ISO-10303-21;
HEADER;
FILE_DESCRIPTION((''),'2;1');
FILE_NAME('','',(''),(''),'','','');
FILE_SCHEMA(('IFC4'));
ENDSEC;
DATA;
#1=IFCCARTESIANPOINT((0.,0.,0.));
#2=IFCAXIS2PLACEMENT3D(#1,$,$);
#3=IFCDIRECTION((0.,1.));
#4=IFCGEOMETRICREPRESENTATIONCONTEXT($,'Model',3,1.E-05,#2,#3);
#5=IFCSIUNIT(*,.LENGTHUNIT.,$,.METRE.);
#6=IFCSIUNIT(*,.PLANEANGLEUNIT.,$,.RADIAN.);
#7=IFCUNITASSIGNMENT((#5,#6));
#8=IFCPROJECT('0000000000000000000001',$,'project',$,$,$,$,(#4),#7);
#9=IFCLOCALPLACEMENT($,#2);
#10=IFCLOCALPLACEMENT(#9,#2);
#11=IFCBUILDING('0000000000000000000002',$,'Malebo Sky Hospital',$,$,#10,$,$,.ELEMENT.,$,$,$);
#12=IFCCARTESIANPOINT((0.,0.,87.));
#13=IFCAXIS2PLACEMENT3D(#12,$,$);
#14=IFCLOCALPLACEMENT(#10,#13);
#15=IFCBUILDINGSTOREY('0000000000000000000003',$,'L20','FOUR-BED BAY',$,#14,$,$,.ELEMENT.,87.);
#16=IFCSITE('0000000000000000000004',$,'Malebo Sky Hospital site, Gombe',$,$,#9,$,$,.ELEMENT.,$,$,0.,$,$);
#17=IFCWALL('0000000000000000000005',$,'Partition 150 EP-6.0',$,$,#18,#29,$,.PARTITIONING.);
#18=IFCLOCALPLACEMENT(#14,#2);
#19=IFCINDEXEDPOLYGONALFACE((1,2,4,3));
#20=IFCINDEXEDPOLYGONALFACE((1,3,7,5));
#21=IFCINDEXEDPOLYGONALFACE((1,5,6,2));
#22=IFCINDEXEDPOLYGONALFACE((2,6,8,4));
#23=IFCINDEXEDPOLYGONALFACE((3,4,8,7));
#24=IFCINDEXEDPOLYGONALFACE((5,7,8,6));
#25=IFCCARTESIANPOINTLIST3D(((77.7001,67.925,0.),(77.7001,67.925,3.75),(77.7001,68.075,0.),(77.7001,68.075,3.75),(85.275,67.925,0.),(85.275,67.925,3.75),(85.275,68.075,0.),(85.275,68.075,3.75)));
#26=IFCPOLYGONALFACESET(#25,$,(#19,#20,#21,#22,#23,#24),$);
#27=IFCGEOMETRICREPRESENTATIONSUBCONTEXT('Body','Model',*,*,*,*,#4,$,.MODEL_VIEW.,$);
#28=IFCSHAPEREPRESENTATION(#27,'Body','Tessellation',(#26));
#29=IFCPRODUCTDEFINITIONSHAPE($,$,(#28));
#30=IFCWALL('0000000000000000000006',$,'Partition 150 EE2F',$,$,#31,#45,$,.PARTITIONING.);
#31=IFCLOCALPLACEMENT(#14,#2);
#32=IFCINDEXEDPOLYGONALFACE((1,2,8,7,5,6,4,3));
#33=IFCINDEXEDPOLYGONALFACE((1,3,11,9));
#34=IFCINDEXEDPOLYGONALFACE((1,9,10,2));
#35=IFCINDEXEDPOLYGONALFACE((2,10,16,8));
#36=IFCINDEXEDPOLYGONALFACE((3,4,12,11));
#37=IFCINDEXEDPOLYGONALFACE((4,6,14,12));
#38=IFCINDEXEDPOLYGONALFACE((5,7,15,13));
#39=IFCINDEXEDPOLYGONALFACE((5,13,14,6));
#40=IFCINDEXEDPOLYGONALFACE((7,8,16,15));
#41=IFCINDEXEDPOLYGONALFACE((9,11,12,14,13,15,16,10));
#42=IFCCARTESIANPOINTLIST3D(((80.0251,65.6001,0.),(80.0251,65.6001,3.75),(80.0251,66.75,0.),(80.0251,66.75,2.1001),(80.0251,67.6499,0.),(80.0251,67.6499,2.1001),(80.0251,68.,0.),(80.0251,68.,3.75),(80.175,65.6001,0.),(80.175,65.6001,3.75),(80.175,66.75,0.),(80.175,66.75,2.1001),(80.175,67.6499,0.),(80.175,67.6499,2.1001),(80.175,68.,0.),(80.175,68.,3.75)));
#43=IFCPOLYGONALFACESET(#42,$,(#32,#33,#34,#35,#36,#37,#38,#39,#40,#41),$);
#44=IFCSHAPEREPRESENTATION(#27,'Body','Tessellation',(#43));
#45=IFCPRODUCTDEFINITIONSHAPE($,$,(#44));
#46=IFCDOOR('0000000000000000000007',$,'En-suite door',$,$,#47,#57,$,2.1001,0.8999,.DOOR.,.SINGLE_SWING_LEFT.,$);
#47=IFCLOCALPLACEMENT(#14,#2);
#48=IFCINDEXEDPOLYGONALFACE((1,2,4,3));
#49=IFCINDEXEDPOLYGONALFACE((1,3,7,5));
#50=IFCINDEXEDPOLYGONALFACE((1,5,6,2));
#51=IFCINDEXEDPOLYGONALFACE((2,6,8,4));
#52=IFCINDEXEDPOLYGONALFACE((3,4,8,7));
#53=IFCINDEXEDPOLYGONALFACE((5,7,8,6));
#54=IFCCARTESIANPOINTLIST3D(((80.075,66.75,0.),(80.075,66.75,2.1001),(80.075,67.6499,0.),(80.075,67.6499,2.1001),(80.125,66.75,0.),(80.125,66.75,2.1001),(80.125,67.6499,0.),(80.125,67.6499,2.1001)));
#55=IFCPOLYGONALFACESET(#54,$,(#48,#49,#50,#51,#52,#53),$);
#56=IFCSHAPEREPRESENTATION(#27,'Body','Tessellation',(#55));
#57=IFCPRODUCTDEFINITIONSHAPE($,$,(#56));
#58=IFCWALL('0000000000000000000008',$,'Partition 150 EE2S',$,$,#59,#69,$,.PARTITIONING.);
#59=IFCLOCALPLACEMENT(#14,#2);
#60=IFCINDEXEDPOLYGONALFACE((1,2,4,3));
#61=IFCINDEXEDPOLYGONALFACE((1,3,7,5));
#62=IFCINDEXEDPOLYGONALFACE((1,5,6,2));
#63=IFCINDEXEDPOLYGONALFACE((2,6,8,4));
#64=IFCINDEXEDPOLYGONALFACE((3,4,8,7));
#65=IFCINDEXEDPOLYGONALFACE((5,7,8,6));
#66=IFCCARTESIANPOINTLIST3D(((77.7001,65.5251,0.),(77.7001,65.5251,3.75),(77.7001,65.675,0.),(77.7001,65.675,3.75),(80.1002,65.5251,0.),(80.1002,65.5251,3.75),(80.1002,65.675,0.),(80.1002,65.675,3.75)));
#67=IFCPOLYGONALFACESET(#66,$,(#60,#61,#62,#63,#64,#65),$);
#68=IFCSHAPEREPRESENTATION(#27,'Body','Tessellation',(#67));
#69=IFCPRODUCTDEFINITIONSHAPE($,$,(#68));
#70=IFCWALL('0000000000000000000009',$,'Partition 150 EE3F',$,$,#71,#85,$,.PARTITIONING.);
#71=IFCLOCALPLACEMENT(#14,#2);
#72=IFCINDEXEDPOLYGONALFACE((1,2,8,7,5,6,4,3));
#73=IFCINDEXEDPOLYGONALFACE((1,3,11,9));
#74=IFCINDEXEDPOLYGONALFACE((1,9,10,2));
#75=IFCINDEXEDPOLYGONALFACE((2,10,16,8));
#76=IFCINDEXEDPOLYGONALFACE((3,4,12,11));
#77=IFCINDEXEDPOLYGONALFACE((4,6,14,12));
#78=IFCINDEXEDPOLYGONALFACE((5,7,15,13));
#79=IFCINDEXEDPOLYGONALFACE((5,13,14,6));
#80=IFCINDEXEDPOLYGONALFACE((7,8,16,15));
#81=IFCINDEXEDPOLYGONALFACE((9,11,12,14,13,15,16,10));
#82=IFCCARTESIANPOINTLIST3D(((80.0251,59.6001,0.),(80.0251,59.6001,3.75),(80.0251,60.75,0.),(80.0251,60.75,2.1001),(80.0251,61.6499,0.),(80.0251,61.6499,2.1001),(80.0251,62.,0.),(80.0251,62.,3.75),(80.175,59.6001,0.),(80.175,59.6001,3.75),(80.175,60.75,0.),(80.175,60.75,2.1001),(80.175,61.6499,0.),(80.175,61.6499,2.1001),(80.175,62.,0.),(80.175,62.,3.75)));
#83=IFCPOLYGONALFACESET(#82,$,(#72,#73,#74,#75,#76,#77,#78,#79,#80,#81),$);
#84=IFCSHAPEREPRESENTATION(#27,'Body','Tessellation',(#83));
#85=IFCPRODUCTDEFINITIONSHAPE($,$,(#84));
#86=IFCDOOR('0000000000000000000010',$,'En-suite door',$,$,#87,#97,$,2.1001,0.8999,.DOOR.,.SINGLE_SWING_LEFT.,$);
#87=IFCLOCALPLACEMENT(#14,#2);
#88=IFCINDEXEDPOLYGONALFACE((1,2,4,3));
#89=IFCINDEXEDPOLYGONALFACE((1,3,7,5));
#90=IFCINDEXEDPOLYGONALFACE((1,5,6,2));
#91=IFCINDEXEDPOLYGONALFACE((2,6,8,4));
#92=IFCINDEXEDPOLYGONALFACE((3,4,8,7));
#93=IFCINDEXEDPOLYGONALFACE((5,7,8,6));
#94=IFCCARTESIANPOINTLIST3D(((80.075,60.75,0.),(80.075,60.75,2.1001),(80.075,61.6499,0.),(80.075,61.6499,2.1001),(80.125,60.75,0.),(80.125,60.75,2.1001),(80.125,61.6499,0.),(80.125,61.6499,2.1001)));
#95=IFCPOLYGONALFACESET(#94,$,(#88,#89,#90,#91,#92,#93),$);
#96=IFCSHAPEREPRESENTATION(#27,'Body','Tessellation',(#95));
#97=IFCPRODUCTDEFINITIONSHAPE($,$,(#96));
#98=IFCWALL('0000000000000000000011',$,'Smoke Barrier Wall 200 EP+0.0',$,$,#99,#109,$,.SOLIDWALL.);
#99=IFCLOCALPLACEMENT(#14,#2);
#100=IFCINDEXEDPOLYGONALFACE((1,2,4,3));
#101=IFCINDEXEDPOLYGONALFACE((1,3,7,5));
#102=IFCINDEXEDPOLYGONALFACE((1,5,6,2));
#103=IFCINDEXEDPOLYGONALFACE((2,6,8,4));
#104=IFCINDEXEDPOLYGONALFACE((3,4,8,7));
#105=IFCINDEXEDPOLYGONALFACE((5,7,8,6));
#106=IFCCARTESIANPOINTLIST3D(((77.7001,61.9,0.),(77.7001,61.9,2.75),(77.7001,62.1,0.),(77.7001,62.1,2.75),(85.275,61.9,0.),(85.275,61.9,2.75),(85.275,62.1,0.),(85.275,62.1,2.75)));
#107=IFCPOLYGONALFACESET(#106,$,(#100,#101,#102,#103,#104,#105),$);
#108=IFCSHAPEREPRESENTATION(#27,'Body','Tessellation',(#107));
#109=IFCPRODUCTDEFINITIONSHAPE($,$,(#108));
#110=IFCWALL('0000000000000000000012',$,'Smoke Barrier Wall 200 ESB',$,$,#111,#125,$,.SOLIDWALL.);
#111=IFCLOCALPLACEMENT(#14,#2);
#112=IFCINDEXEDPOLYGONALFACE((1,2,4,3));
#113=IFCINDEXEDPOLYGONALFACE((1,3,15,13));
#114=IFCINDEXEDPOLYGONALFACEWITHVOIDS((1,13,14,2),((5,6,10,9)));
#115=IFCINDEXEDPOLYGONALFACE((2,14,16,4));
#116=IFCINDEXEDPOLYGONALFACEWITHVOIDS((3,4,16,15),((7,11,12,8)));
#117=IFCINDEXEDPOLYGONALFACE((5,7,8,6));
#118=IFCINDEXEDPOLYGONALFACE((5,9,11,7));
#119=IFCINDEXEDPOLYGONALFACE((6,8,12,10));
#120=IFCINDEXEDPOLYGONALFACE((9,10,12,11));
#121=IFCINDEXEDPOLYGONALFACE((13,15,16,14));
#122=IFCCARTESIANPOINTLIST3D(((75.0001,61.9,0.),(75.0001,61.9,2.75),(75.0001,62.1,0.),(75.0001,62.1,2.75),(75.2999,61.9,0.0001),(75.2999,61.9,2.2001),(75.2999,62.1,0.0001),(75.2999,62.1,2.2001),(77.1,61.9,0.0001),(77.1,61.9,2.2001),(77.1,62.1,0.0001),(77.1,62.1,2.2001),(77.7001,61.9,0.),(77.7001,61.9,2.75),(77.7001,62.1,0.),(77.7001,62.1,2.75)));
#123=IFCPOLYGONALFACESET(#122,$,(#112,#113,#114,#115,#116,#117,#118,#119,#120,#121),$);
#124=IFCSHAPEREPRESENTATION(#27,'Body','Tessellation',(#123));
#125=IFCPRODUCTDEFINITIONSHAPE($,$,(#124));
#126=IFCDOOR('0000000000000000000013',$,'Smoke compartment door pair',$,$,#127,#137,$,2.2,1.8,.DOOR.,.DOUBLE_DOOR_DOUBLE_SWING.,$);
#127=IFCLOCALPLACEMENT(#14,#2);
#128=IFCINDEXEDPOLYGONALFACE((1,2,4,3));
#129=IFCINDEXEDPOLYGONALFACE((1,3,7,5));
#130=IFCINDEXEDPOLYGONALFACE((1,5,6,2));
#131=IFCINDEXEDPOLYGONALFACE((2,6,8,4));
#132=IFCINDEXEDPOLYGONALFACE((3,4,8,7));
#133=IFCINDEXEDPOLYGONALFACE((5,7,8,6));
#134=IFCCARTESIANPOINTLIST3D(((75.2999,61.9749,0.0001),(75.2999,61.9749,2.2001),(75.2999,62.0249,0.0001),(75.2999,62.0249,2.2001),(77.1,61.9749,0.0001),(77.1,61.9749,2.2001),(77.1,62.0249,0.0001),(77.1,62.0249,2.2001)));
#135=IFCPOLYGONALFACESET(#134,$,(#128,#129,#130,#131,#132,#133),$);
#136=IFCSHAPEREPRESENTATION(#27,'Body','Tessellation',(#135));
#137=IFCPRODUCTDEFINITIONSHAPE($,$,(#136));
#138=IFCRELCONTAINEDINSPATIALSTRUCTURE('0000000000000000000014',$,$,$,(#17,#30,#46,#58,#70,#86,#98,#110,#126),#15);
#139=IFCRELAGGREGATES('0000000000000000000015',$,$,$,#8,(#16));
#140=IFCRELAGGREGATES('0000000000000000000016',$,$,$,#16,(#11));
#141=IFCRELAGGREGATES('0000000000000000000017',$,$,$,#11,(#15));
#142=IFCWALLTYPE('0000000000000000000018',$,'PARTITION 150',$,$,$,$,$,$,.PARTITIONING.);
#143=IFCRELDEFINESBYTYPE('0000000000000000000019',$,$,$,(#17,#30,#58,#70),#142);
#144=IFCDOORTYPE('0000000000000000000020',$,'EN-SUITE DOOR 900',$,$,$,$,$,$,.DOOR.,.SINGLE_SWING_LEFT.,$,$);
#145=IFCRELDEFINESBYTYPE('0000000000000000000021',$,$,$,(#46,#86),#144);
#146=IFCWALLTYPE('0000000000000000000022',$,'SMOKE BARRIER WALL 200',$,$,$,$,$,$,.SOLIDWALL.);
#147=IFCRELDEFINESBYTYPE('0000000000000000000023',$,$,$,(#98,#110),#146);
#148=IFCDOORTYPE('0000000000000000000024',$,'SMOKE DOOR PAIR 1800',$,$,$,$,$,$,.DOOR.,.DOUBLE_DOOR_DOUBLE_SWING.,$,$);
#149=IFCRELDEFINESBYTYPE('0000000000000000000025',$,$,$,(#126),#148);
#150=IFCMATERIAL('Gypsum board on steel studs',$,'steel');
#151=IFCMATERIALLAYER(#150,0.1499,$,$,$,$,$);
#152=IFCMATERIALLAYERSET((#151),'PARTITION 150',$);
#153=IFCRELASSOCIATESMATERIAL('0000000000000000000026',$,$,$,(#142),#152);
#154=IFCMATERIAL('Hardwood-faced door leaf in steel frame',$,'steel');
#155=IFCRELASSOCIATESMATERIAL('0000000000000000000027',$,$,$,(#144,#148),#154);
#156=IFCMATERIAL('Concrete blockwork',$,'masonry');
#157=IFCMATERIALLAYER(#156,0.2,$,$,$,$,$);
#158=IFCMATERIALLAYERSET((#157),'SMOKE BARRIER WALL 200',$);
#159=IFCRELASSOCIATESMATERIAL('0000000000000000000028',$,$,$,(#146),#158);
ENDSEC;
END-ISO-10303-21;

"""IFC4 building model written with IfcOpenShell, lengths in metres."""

from ifc_helpers import new_model, si_unit, direction, frame, frame_2d, origin, place, context, subcontext, project, spatial, rectangle, extrude, material, layer, layer_set, type_object, element, fill, save


model = new_model("IFC4")

# Units and contexts
model_context = context("Model", 3, precision=1e-05, world=origin(), true_north=direction((0.0, 1.0)))
body_context = subcontext(model_context, "Body", "Model", "MODEL_VIEW")
ifc_project = project(units=[si_unit("LENGTHUNIT", "METRE"), si_unit("PLANEANGLEUNIT", "RADIAN")], contexts=[model_context])

# Site, building, storey
site_placement = place(None, origin())
site = spatial("IfcSite", under=ifc_project, at=site_placement, Name="Malebo Sky Hospital site, Gombe", CompositionType="ELEMENT", RefElevation=0.0)
building_placement = place(site_placement, origin())
building = spatial("IfcBuilding", under=site, at=building_placement, Name="Malebo Sky Hospital", CompositionType="ELEMENT")
storey_placement = place(building_placement, frame((0.0, 0.0, 87.0)))
storey = spatial("IfcBuildingStorey", under=building, at=storey_placement, Name="L20", Description="FOUR-BED BAY", CompositionType="ELEMENT", Elevation=87.0)

# Shared definitions
ifc_material_1 = material(Name="Gypsum board on steel studs", Category="steel")
ifc_material_2 = material(Name="Hardwood-faced door leaf in steel frame", Category="steel")

# Wall
ifc_layer_1 = layer(ifc_material_1, 0.1499)
ifc_layer_set_1 = layer_set([ifc_layer_1], Name="PARTITION 150")
wall_type_1 = type_object("IfcWallType", Name="PARTITION 150", PredefinedType="PARTITIONING", material=ifc_layer_set_1)
wall_1_placement = place(storey_placement, frame((77.7, 68.0, 0.0), z_axis=(0.0, 0.0, 1.0), x_axis=(1.0, 0.0, 0.0)))
element("IfcWall", 1, at=wall_1_placement, inside=storey, type_object=wall_type_1, Name="Partition 150 EP-6.0", PredefinedType="PARTITIONING", context=body_context, shape_type="SweptSolid", body=[
    extrude(rectangle(XDim=7.575, YDim=0.1499, at=frame_2d((3.7876, 0.0))), origin(), (0.0, 0.0, 1.0), 3.75),
])

# Wall, opening, door
wall_2_placement = place(storey_placement, frame((80.1001, 68.0, 0.0), z_axis=(0.0, 0.0, 1.0), x_axis=(0.0, -1.0, 0.0)))
wall_2 = element("IfcWall", 2, at=wall_2_placement, inside=storey, type_object=wall_type_1, Name="Partition 150 EE2F", PredefinedType="PARTITIONING", context=body_context, shape_type="SweptSolid", body=[
    extrude(rectangle(XDim=2.3999, YDim=0.1499, at=frame_2d((1.2, 0.0))), origin(), (0.0, 0.0, 1.0), 3.75),
])
opening_1_placement = place(wall_2_placement, frame((0.3501, 0.0, 0.0)))
opening_1 = element("IfcOpeningElement", 3, at=opening_1_placement, cuts=wall_2, PredefinedType="OPENING", context=body_context, shape_type="SweptSolid", body=[
    extrude(rectangle(XDim=0.8999, YDim=2.1001, at=frame_2d((0.45, 1.05))), frame((0.0, 0.085, 0.0), z_axis=(0.0, -1.0, 0.0), x_axis=(1.0, 0.0, 0.0)), (0.0, 0.0, 1.0), 0.1699),
])
door_type_1 = type_object("IfcDoorType", Name="EN-SUITE DOOR 900", OperationType="SINGLE_SWING_LEFT", PredefinedType="DOOR", material=ifc_material_2)
door_1_placement = place(opening_1_placement, origin())
door_1 = element("IfcDoor", 4, at=door_1_placement, inside=storey, type_object=door_type_1, Name="En-suite door", OperationType="SINGLE_SWING_LEFT", OverallHeight=2.1001, OverallWidth=0.8999, PredefinedType="DOOR", context=body_context, shape_type="SweptSolid", body=[
    extrude(rectangle(XDim=0.8999, YDim=2.1001, at=frame_2d((0.45, 1.05))), frame((0.0, 0.0249, 0.0), z_axis=(0.0, -1.0, 0.0), x_axis=(1.0, 0.0, 0.0)), (0.0, 0.0, 1.0), 0.05),
])
fill(opening_1, door_1)

# Wall
wall_3_placement = place(storey_placement, frame((77.7, 65.6001, 0.0), z_axis=(0.0, 0.0, 1.0), x_axis=(1.0, 0.0, 0.0)))
element("IfcWall", 5, at=wall_3_placement, inside=storey, type_object=wall_type_1, Name="Partition 150 EE2S", PredefinedType="PARTITIONING", context=body_context, shape_type="SweptSolid", body=[
    extrude(rectangle(XDim=2.4001, YDim=0.1499, at=frame_2d((1.2002, 0.0))), origin(), (0.0, 0.0, 1.0), 3.75),
])

# Wall, opening, door
wall_4_placement = place(storey_placement, frame((80.1001, 62.0, 0.0), z_axis=(0.0, 0.0, 1.0), x_axis=(0.0, -1.0, 0.0)))
wall_4 = element("IfcWall", 6, at=wall_4_placement, inside=storey, type_object=wall_type_1, Name="Partition 150 EE3F", PredefinedType="PARTITIONING", context=body_context, shape_type="SweptSolid", body=[
    extrude(rectangle(XDim=2.3999, YDim=0.1499, at=frame_2d((1.2, 0.0))), origin(), (0.0, 0.0, 1.0), 3.75),
])
opening_2_placement = place(wall_4_placement, frame((0.3501, 0.0, 0.0)))
opening_2 = element("IfcOpeningElement", 7, at=opening_2_placement, cuts=wall_4, PredefinedType="OPENING", context=body_context, shape_type="SweptSolid", body=[
    extrude(rectangle(XDim=0.8999, YDim=2.1001, at=frame_2d((0.45, 1.05))), frame((0.0, 0.085, 0.0), z_axis=(0.0, -1.0, 0.0), x_axis=(1.0, 0.0, 0.0)), (0.0, 0.0, 1.0), 0.1699),
])
door_2_placement = place(opening_2_placement, origin())
door_2 = element("IfcDoor", 8, at=door_2_placement, inside=storey, type_object=door_type_1, Name="En-suite door", OperationType="SINGLE_SWING_LEFT", OverallHeight=2.1001, OverallWidth=0.8999, PredefinedType="DOOR", context=body_context, shape_type="SweptSolid", body=[
    extrude(rectangle(XDim=0.8999, YDim=2.1001, at=frame_2d((0.45, 1.05))), frame((0.0, 0.0249, 0.0), z_axis=(0.0, -1.0, 0.0), x_axis=(1.0, 0.0, 0.0)), (0.0, 0.0, 1.0), 0.05),
])
fill(opening_2, door_2)

# Wall
ifc_material_3 = material(Name="Concrete blockwork", Category="masonry")
ifc_layer_2 = layer(ifc_material_3, 0.2)
ifc_layer_set_2 = layer_set([ifc_layer_2], Name="SMOKE BARRIER WALL 200")
wall_type_2 = type_object("IfcWallType", Name="SMOKE BARRIER WALL 200", PredefinedType="SOLIDWALL", material=ifc_layer_set_2)
wall_5_placement = place(storey_placement, frame((77.7, 62.0, 0.0), z_axis=(0.0, 0.0, 1.0), x_axis=(1.0, 0.0, 0.0)))
element("IfcWall", 9, at=wall_5_placement, inside=storey, type_object=wall_type_2, Name="Smoke Barrier Wall 200 EP+0.0", PredefinedType="SOLIDWALL", context=body_context, shape_type="SweptSolid", body=[
    extrude(rectangle(XDim=7.575, YDim=0.2, at=frame_2d((3.7876, 0.0))), origin(), (0.0, 0.0, 1.0), 2.75),
])

# Wall, opening, door
wall_6_placement = place(storey_placement, frame((75.0, 62.0, 0.0), z_axis=(0.0, 0.0, 1.0), x_axis=(1.0, 0.0, 0.0)))
wall_6 = element("IfcWall", 10, at=wall_6_placement, inside=storey, type_object=wall_type_2, Name="Smoke Barrier Wall 200 ESB", PredefinedType="SOLIDWALL", context=body_context, shape_type="SweptSolid", body=[
    extrude(rectangle(XDim=2.7, YDim=0.2, at=frame_2d((1.3501, 0.0))), origin(), (0.0, 0.0, 1.0), 2.75),
])
opening_3_placement = place(wall_6_placement, frame((0.3, 0.0, 0.0)))
opening_3 = element("IfcOpeningElement", 11, at=opening_3_placement, cuts=wall_6, PredefinedType="OPENING", context=body_context, shape_type="SweptSolid", body=[
    extrude(rectangle(XDim=1.8, YDim=2.2, at=frame_2d((0.8999, 1.1001))), frame((0.0, 0.1099, 0.0), z_axis=(0.0, -1.0, 0.0), x_axis=(1.0, 0.0, 0.0)), (0.0, 0.0, 1.0), 0.22),
])
door_type_2 = type_object("IfcDoorType", Name="SMOKE DOOR PAIR 1800", OperationType="DOUBLE_DOOR_DOUBLE_SWING", PredefinedType="DOOR", material=ifc_material_2)
door_3_placement = place(opening_3_placement, origin())
door_3 = element("IfcDoor", 12, at=door_3_placement, inside=storey, type_object=door_type_2, Name="Smoke compartment door pair", OperationType="DOUBLE_DOOR_DOUBLE_SWING", OverallHeight=2.2, OverallWidth=1.8, PredefinedType="DOOR", context=body_context, shape_type="SweptSolid", body=[
    extrude(rectangle(XDim=1.8, YDim=2.2, at=frame_2d((0.8999, 1.1001))), frame((0.0, 0.0249, 0.0), z_axis=(0.0, -1.0, 0.0), x_axis=(1.0, 0.0, 0.0)), (0.0, 0.0, 1.0), 0.05),
])
fill(opening_3, door_3)

save(model, "model.ifc")
